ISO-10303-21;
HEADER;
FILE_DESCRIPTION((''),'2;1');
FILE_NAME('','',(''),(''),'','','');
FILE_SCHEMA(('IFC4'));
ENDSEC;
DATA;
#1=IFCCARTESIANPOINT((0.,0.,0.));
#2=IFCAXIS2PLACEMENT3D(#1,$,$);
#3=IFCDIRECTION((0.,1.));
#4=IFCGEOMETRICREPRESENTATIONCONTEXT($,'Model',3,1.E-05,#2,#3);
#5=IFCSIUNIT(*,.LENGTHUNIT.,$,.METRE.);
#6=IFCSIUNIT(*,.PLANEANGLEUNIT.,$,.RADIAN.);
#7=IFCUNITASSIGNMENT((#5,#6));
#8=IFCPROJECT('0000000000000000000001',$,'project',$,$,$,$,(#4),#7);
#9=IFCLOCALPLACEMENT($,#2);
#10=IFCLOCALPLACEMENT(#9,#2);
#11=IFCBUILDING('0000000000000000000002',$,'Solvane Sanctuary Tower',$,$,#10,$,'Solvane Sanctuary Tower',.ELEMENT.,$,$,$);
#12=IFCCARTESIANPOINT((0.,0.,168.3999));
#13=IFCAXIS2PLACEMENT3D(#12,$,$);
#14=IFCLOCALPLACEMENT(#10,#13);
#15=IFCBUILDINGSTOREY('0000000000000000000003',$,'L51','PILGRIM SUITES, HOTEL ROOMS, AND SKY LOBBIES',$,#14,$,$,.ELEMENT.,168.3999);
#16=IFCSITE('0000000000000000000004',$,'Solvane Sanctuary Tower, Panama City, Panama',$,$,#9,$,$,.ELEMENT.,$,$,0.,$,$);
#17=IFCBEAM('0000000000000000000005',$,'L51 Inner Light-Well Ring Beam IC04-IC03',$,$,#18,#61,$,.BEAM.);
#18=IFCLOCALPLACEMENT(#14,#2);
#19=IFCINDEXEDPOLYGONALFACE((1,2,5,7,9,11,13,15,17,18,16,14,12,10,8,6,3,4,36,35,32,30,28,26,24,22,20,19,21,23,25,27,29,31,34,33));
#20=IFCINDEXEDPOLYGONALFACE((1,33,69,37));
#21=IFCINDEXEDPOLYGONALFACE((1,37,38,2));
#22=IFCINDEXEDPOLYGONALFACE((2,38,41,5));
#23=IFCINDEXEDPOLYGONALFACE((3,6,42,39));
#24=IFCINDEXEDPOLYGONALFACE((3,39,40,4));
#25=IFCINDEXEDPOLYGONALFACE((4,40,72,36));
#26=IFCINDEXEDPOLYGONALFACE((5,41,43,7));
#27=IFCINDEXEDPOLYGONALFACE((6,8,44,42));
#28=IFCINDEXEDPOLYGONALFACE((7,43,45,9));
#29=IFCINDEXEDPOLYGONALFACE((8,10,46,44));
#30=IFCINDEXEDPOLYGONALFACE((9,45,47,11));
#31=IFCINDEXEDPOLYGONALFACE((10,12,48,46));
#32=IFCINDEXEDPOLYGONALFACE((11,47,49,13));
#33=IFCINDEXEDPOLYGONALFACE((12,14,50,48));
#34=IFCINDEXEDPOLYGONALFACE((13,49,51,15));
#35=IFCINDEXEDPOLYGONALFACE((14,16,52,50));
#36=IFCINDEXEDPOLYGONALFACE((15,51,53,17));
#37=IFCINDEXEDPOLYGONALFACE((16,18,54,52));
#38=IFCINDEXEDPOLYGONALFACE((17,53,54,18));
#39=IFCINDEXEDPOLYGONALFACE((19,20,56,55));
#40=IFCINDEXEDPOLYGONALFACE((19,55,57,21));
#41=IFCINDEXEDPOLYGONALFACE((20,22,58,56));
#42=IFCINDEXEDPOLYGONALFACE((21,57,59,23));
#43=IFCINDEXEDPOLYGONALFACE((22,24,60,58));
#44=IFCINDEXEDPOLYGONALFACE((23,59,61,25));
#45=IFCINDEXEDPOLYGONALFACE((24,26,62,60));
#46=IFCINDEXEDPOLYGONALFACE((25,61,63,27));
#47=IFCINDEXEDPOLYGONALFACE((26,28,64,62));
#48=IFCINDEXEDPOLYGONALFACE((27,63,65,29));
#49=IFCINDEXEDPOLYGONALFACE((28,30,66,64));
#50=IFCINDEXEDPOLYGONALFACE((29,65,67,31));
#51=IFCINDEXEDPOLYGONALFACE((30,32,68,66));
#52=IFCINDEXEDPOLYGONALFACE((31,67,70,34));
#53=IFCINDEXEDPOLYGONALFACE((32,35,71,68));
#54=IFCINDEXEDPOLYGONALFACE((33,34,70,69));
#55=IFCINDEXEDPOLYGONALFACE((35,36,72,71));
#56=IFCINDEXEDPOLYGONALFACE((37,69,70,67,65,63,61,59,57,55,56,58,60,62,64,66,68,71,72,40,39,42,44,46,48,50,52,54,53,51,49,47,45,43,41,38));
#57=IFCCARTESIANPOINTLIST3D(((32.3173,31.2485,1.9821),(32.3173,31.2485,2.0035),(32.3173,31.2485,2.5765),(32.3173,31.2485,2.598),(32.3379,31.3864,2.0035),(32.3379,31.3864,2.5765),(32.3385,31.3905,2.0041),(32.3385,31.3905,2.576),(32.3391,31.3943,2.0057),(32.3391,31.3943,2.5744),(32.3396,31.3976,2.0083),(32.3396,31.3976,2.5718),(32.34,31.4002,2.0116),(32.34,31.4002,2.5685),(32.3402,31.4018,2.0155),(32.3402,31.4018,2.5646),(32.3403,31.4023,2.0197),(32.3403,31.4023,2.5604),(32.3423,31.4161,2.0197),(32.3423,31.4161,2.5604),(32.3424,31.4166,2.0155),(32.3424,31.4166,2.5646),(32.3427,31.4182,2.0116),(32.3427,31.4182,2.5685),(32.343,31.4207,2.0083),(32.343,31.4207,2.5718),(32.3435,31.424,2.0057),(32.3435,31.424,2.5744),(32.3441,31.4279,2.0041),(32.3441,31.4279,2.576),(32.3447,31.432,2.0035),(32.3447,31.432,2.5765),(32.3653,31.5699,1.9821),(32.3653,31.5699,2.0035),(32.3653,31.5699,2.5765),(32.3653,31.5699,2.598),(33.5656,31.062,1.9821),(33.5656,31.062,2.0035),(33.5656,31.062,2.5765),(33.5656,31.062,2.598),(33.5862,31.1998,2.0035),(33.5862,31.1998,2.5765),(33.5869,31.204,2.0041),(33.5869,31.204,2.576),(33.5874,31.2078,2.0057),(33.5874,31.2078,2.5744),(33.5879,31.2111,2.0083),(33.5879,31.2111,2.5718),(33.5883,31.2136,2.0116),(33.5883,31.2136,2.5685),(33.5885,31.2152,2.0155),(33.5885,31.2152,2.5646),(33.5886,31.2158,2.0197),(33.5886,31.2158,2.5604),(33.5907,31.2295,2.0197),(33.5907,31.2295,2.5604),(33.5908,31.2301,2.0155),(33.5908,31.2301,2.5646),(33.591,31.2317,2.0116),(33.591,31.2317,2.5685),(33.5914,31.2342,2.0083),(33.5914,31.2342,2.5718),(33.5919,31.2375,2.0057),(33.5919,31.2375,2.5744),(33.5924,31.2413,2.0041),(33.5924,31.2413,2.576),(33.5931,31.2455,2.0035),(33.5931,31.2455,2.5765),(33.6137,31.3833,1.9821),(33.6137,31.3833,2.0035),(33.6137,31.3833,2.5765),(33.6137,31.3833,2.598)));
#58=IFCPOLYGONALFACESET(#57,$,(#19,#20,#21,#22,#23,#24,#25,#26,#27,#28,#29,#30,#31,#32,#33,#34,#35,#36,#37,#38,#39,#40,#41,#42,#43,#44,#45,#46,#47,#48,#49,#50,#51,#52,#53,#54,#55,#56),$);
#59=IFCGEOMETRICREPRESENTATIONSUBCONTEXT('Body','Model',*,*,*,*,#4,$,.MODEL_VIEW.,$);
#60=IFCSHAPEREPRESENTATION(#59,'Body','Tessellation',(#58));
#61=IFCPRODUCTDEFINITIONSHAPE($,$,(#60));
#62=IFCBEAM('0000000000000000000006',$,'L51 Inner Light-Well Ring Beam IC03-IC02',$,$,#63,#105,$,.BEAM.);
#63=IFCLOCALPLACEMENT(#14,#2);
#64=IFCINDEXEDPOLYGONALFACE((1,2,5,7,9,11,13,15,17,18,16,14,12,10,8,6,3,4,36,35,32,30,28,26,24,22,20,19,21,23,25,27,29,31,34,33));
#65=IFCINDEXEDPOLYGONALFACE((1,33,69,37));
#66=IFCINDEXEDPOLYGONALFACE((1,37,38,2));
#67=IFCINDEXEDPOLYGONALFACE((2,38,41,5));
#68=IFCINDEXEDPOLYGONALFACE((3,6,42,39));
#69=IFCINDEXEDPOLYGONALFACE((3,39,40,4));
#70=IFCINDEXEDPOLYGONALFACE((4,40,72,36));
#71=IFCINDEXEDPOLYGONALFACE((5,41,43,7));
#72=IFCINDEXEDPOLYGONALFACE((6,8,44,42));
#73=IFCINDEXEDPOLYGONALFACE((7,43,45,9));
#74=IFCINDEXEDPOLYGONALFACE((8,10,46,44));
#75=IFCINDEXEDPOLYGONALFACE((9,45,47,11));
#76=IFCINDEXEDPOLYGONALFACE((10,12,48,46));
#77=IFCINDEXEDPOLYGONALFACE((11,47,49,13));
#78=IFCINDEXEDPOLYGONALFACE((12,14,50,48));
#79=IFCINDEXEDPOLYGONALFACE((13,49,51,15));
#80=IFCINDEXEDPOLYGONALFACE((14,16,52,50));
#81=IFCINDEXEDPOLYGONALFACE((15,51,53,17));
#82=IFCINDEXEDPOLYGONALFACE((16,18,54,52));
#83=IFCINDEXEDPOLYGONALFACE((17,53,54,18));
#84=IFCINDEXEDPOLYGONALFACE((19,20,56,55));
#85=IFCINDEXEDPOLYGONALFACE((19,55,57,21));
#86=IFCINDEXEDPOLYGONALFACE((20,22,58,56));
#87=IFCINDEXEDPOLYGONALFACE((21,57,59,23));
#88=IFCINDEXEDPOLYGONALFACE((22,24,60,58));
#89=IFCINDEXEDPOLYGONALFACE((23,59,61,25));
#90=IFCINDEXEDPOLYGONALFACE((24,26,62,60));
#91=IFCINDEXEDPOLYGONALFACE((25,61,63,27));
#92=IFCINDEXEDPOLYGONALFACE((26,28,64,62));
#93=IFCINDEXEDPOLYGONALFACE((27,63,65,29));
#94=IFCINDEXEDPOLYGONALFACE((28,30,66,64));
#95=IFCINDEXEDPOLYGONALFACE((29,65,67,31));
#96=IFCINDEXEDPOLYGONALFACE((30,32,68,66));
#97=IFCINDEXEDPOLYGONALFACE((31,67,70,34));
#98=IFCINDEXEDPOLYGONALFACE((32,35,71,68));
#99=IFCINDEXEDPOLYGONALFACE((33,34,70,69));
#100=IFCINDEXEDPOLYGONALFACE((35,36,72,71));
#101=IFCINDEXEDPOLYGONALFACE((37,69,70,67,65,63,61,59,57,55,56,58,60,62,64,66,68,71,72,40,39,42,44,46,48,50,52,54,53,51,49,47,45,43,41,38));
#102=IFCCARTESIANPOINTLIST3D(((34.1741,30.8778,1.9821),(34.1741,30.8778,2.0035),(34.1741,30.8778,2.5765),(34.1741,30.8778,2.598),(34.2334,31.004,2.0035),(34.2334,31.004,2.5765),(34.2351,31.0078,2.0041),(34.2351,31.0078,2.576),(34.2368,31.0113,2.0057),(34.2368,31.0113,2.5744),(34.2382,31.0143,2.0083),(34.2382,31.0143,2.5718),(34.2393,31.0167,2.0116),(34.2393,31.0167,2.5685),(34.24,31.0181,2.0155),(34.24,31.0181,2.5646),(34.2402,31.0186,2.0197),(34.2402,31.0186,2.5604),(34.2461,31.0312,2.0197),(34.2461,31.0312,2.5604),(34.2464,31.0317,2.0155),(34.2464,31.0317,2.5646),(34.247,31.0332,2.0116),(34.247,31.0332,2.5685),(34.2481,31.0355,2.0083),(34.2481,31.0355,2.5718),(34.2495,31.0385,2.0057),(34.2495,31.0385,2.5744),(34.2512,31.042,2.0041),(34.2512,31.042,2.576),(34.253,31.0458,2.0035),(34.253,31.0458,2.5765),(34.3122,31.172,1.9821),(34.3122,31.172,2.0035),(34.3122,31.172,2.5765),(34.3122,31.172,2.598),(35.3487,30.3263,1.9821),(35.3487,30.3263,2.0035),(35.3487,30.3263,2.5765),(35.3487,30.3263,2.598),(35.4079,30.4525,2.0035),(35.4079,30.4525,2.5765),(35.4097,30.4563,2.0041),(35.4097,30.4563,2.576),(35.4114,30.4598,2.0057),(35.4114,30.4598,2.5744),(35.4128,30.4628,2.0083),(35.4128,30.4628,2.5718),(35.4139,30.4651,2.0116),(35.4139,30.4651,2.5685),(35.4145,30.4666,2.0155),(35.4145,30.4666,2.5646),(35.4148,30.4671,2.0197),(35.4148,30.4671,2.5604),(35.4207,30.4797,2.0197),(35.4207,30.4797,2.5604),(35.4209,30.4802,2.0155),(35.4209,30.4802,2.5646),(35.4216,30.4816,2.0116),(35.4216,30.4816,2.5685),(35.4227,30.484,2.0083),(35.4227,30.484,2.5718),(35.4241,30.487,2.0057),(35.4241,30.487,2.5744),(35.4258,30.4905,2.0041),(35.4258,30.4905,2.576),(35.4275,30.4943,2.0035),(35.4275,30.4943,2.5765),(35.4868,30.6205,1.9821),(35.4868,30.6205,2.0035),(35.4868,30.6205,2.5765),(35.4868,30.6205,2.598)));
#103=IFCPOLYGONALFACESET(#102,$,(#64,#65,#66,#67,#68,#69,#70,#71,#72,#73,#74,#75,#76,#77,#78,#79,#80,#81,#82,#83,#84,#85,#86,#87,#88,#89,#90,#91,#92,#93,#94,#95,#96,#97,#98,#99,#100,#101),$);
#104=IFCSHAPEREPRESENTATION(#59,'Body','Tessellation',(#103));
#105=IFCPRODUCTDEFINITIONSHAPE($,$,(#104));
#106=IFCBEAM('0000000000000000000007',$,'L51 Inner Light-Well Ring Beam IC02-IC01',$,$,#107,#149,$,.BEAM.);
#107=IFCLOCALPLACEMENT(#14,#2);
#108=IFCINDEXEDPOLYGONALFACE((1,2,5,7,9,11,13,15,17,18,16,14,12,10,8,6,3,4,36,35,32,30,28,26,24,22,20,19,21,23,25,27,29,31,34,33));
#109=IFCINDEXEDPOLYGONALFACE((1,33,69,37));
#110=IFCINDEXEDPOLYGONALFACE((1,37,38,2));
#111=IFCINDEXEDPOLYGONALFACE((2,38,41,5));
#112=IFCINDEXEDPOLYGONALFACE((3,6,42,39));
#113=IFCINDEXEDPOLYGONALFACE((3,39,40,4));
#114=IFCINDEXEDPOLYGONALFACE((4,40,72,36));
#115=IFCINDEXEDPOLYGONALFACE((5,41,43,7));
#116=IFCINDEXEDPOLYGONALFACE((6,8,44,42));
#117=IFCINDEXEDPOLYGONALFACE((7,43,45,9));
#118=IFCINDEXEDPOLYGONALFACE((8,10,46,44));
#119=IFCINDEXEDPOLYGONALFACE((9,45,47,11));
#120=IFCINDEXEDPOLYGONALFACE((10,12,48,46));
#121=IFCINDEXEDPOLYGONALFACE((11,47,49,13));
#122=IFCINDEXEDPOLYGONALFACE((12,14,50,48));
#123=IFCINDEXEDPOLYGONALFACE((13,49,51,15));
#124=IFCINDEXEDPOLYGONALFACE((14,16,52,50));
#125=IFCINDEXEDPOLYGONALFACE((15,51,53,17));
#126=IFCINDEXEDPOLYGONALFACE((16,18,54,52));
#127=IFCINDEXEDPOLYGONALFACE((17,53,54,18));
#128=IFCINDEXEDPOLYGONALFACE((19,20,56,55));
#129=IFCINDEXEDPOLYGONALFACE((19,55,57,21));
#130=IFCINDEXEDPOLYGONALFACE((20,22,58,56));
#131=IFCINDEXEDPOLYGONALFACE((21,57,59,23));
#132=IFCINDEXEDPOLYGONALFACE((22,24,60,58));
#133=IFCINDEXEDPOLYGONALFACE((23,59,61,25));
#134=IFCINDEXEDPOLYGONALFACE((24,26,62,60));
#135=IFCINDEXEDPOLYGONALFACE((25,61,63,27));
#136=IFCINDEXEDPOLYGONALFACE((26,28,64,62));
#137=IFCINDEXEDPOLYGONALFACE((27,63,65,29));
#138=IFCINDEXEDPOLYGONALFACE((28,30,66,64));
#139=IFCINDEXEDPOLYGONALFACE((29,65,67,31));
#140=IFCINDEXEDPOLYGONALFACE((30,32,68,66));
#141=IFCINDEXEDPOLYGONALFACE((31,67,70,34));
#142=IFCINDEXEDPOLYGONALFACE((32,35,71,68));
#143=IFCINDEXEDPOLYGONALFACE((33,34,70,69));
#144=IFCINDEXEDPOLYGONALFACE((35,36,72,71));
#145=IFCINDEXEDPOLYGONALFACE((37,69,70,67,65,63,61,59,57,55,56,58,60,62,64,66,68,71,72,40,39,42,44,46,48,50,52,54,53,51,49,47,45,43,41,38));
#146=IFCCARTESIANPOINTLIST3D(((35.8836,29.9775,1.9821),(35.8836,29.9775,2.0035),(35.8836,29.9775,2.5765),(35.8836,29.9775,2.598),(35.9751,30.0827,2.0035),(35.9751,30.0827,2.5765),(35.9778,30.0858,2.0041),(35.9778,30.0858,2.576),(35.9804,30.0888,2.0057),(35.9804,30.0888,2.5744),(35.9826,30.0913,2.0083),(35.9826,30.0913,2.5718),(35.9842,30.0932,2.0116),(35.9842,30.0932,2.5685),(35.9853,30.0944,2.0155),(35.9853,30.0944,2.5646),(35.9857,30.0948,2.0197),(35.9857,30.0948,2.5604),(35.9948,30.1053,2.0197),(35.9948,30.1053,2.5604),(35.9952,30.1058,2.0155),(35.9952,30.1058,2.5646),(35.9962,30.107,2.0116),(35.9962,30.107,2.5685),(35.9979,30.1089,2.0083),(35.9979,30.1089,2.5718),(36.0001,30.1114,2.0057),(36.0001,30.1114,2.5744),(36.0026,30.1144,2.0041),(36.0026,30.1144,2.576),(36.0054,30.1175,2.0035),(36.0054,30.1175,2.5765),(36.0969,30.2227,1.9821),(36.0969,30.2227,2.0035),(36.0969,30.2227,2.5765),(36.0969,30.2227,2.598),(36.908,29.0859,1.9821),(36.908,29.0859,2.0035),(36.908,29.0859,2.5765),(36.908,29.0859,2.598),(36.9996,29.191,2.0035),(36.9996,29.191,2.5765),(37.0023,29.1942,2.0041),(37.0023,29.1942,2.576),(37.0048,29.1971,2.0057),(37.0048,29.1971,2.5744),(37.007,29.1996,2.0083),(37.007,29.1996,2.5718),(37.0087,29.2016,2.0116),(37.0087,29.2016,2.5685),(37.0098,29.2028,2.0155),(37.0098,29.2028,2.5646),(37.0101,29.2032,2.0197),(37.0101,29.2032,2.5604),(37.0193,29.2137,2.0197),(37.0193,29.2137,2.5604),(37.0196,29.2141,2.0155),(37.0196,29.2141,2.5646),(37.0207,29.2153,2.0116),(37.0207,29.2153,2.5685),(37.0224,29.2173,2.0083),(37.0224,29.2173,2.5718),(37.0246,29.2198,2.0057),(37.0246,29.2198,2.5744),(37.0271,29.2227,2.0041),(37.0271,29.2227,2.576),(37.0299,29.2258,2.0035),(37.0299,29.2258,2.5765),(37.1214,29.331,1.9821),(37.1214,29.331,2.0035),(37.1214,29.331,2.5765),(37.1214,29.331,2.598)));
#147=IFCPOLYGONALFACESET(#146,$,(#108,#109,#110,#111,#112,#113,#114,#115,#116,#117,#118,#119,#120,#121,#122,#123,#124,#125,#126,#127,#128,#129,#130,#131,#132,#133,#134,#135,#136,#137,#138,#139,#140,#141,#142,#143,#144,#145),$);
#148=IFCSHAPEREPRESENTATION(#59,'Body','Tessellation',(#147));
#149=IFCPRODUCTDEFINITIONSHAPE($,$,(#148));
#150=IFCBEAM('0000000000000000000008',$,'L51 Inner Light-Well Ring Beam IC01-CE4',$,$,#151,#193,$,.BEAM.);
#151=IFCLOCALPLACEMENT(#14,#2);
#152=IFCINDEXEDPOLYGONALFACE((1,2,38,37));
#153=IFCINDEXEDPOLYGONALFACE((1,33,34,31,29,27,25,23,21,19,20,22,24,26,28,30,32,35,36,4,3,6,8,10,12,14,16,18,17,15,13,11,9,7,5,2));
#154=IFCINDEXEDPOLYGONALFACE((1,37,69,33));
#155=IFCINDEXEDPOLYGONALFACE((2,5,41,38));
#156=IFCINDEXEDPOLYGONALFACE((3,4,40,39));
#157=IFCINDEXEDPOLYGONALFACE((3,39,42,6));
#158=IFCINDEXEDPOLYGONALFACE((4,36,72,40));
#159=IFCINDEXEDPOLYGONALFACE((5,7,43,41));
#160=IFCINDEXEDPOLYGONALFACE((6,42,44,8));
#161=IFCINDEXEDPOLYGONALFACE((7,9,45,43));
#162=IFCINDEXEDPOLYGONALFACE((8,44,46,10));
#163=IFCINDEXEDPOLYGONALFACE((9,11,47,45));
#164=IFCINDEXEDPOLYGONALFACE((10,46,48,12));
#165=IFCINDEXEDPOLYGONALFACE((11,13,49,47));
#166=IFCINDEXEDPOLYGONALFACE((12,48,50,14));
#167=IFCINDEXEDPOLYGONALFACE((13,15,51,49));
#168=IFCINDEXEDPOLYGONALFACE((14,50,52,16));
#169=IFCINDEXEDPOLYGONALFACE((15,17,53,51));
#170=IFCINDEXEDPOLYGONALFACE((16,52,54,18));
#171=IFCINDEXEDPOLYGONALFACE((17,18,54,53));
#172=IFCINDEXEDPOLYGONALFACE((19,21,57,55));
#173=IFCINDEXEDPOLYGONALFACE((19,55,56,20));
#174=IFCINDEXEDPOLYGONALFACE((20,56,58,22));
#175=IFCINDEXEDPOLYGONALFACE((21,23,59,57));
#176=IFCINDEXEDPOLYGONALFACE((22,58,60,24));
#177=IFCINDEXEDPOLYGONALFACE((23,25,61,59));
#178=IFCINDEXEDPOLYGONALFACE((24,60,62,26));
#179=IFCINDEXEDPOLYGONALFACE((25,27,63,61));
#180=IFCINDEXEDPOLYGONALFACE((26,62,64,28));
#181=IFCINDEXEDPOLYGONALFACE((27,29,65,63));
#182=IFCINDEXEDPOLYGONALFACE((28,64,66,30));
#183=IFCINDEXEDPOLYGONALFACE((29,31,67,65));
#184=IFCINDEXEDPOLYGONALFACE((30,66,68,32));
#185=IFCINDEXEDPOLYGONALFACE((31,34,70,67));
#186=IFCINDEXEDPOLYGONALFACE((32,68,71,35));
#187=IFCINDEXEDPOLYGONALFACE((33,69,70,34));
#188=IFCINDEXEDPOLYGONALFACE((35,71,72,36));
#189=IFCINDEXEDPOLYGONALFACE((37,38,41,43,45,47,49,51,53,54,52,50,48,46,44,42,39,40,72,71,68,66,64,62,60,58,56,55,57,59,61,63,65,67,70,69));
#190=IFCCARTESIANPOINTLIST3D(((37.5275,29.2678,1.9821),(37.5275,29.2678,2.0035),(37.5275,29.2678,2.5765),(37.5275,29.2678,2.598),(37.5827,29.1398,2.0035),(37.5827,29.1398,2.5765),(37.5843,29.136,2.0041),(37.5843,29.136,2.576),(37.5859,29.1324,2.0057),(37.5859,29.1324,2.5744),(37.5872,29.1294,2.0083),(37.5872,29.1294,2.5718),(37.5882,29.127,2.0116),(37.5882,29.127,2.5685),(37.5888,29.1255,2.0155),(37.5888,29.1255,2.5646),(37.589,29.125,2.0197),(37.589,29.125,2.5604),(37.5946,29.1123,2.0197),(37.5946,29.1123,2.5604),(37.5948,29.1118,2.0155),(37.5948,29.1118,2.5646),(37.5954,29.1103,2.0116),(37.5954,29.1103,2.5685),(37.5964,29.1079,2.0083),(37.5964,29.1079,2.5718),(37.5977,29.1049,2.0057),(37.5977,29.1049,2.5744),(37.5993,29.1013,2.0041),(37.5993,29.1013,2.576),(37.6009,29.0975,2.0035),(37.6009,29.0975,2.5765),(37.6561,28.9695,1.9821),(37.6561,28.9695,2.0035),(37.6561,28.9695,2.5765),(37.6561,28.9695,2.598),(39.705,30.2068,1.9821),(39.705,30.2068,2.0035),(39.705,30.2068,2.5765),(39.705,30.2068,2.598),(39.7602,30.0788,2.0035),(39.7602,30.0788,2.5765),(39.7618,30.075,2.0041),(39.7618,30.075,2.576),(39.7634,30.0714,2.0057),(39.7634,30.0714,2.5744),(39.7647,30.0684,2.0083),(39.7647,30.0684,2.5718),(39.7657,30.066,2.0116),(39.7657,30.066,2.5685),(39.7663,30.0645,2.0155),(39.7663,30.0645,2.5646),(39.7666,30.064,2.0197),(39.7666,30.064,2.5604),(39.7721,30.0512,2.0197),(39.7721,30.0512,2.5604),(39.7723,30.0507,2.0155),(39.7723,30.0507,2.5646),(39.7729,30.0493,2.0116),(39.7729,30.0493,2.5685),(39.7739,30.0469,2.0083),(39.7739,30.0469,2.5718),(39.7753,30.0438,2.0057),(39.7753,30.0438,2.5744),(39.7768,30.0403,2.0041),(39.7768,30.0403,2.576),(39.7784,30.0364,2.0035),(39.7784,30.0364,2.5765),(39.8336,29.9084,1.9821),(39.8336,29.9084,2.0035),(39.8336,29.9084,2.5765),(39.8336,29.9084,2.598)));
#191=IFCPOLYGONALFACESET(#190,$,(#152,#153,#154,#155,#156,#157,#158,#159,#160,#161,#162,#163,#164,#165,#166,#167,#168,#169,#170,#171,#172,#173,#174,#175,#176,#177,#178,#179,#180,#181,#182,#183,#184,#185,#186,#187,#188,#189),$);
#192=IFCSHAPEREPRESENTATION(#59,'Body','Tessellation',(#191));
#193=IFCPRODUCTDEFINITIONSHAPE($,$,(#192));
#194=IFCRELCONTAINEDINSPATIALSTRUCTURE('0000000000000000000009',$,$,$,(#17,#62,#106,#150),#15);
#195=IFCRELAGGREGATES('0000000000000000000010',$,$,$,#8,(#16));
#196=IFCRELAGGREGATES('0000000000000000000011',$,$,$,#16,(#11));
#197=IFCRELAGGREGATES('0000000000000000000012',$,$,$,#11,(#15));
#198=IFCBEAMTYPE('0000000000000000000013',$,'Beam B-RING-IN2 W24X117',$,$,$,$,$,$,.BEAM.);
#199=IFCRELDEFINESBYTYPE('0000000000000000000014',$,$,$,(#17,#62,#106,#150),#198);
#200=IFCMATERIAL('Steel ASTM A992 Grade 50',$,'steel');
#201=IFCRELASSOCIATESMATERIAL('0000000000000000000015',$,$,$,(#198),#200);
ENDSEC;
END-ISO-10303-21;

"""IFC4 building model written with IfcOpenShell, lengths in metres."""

from ifc_helpers import new_model, si_unit, direction, frame, origin, origin_2d, place, context, subcontext, project, spatial, i_section, extrude, material, material_profile, profile_set, type_object, element, save


model = new_model("IFC4")

# Units and contexts
model_context = context("Model", 3, precision=1e-05, world=origin(), true_north=direction((0.0, 1.0)))
body_context = subcontext(model_context, "Body", "Model", "MODEL_VIEW")
ifc_project = project(units=[si_unit("LENGTHUNIT", "METRE"), si_unit("PLANEANGLEUNIT", "RADIAN")], contexts=[model_context])

# Site, building, storey
site_placement = place(None, origin())
site = spatial("IfcSite", under=ifc_project, at=site_placement, Name="Solvane Sanctuary Tower, Panama City, Panama", CompositionType="ELEMENT", RefElevation=0.0)
building_placement = place(site_placement, origin())
building = spatial("IfcBuilding", under=site, at=building_placement, Name="Solvane Sanctuary Tower", LongName="Solvane Sanctuary Tower", CompositionType="ELEMENT")
storey_placement = place(building_placement, frame((0.0, 0.0, 168.3999)))
storey = spatial("IfcBuildingStorey", under=building, at=storey_placement, Name="L51", Description="PILGRIM SUITES, HOTEL ROOMS, AND SKY LOBBIES", CompositionType="ELEMENT", Elevation=168.3999)

# Beams
ifc_material_1 = material(Name="Steel ASTM A992 Grade 50", Category="steel")
ifc_material_profile_1 = material_profile(ifc_material_1, i_section(OverallWidth=0.325, OverallDepth=0.616, WebThickness=0.0139, FlangeThickness=0.0215, FilletRadius=0.0161, at=origin_2d()), Name="W24X117")
ifc_profile_set_1 = profile_set([ifc_material_profile_1], Name="Steel ASTM A992 Grade 50")
beam_type_1 = type_object("IfcBeamType", Name="Beam B-RING-IN2 W24X117", PredefinedType="BEAM", material=ifc_profile_set_1)
for number, where, z_axis, x_axis, name in (
    (1, (32.3413, 31.4092, 2.29), (0.98902, -0.147782, 0.0), (0.147782, 0.98902, 0.0), "L51 Inner Light-Well Ring Beam IC04-IC03"),
):
    element("IfcBeam", number, at=place(storey_placement, frame(where, z_axis=z_axis, x_axis=x_axis)), inside=storey, type_object=beam_type_1, Name=name, PredefinedType="BEAM", context=body_context, shape_type="SweptSolid", body=[
        extrude(i_section(OverallWidth=0.325, OverallDepth=0.616, WebThickness=0.0139, FlangeThickness=0.0215, FilletRadius=0.0161, at=origin_2d()), origin(), (0.0, 0.0, 1.0), 1.2622),
    ])
beam_1_placement = place(storey_placement, frame((34.2432, 31.0249, 2.29), z_axis=(0.905181, -0.425027, 0.0), x_axis=(0.425027, 0.905181, 0.0)))
element("IfcBeam", 2, at=beam_1_placement, inside=storey, type_object=beam_type_1, Name="L51 Inner Light-Well Ring Beam IC03-IC02", PredefinedType="BEAM", context=body_context, shape_type="SweptSolid", body=[
    extrude(i_section(OverallWidth=0.325, OverallDepth=0.616, WebThickness=0.0139, FlangeThickness=0.0215, FilletRadius=0.0161, at=origin_2d()), origin(), (0.0, 0.0, 1.0), 1.2976),
])
beam_2_placement = place(storey_placement, frame((35.9902, 30.1001, 2.29), z_axis=(0.754311, -0.656517, 0.0), x_axis=(0.656517, 0.754311, 0.0)))
element("IfcBeam", 3, at=beam_2_placement, inside=storey, type_object=beam_type_1, Name="L51 Inner Light-Well Ring Beam IC02-IC01", PredefinedType="BEAM", context=body_context, shape_type="SweptSolid", body=[
    extrude(i_section(OverallWidth=0.325, OverallDepth=0.616, WebThickness=0.0139, FlangeThickness=0.0215, FilletRadius=0.0161, at=origin_2d()), origin(), (0.0, 0.0, 1.0), 1.3582),
])
beam_3_placement = place(storey_placement, frame((37.5918, 29.1187, 2.29), z_axis=(0.918264, 0.395969, 0.0), x_axis=(-0.395969, 0.918264, 0.0)))
element("IfcBeam", 4, at=beam_3_placement, inside=storey, type_object=beam_type_1, Name="L51 Inner Light-Well Ring Beam IC01-CE4", PredefinedType="BEAM", context=body_context, shape_type="SweptSolid", body=[
    extrude(i_section(OverallWidth=0.325, OverallDepth=0.616, WebThickness=0.0139, FlangeThickness=0.0215, FilletRadius=0.0161, at=origin_2d()), origin(), (0.0, 0.0, 1.0), 2.3713),
])

save(model, "model.ifc")
